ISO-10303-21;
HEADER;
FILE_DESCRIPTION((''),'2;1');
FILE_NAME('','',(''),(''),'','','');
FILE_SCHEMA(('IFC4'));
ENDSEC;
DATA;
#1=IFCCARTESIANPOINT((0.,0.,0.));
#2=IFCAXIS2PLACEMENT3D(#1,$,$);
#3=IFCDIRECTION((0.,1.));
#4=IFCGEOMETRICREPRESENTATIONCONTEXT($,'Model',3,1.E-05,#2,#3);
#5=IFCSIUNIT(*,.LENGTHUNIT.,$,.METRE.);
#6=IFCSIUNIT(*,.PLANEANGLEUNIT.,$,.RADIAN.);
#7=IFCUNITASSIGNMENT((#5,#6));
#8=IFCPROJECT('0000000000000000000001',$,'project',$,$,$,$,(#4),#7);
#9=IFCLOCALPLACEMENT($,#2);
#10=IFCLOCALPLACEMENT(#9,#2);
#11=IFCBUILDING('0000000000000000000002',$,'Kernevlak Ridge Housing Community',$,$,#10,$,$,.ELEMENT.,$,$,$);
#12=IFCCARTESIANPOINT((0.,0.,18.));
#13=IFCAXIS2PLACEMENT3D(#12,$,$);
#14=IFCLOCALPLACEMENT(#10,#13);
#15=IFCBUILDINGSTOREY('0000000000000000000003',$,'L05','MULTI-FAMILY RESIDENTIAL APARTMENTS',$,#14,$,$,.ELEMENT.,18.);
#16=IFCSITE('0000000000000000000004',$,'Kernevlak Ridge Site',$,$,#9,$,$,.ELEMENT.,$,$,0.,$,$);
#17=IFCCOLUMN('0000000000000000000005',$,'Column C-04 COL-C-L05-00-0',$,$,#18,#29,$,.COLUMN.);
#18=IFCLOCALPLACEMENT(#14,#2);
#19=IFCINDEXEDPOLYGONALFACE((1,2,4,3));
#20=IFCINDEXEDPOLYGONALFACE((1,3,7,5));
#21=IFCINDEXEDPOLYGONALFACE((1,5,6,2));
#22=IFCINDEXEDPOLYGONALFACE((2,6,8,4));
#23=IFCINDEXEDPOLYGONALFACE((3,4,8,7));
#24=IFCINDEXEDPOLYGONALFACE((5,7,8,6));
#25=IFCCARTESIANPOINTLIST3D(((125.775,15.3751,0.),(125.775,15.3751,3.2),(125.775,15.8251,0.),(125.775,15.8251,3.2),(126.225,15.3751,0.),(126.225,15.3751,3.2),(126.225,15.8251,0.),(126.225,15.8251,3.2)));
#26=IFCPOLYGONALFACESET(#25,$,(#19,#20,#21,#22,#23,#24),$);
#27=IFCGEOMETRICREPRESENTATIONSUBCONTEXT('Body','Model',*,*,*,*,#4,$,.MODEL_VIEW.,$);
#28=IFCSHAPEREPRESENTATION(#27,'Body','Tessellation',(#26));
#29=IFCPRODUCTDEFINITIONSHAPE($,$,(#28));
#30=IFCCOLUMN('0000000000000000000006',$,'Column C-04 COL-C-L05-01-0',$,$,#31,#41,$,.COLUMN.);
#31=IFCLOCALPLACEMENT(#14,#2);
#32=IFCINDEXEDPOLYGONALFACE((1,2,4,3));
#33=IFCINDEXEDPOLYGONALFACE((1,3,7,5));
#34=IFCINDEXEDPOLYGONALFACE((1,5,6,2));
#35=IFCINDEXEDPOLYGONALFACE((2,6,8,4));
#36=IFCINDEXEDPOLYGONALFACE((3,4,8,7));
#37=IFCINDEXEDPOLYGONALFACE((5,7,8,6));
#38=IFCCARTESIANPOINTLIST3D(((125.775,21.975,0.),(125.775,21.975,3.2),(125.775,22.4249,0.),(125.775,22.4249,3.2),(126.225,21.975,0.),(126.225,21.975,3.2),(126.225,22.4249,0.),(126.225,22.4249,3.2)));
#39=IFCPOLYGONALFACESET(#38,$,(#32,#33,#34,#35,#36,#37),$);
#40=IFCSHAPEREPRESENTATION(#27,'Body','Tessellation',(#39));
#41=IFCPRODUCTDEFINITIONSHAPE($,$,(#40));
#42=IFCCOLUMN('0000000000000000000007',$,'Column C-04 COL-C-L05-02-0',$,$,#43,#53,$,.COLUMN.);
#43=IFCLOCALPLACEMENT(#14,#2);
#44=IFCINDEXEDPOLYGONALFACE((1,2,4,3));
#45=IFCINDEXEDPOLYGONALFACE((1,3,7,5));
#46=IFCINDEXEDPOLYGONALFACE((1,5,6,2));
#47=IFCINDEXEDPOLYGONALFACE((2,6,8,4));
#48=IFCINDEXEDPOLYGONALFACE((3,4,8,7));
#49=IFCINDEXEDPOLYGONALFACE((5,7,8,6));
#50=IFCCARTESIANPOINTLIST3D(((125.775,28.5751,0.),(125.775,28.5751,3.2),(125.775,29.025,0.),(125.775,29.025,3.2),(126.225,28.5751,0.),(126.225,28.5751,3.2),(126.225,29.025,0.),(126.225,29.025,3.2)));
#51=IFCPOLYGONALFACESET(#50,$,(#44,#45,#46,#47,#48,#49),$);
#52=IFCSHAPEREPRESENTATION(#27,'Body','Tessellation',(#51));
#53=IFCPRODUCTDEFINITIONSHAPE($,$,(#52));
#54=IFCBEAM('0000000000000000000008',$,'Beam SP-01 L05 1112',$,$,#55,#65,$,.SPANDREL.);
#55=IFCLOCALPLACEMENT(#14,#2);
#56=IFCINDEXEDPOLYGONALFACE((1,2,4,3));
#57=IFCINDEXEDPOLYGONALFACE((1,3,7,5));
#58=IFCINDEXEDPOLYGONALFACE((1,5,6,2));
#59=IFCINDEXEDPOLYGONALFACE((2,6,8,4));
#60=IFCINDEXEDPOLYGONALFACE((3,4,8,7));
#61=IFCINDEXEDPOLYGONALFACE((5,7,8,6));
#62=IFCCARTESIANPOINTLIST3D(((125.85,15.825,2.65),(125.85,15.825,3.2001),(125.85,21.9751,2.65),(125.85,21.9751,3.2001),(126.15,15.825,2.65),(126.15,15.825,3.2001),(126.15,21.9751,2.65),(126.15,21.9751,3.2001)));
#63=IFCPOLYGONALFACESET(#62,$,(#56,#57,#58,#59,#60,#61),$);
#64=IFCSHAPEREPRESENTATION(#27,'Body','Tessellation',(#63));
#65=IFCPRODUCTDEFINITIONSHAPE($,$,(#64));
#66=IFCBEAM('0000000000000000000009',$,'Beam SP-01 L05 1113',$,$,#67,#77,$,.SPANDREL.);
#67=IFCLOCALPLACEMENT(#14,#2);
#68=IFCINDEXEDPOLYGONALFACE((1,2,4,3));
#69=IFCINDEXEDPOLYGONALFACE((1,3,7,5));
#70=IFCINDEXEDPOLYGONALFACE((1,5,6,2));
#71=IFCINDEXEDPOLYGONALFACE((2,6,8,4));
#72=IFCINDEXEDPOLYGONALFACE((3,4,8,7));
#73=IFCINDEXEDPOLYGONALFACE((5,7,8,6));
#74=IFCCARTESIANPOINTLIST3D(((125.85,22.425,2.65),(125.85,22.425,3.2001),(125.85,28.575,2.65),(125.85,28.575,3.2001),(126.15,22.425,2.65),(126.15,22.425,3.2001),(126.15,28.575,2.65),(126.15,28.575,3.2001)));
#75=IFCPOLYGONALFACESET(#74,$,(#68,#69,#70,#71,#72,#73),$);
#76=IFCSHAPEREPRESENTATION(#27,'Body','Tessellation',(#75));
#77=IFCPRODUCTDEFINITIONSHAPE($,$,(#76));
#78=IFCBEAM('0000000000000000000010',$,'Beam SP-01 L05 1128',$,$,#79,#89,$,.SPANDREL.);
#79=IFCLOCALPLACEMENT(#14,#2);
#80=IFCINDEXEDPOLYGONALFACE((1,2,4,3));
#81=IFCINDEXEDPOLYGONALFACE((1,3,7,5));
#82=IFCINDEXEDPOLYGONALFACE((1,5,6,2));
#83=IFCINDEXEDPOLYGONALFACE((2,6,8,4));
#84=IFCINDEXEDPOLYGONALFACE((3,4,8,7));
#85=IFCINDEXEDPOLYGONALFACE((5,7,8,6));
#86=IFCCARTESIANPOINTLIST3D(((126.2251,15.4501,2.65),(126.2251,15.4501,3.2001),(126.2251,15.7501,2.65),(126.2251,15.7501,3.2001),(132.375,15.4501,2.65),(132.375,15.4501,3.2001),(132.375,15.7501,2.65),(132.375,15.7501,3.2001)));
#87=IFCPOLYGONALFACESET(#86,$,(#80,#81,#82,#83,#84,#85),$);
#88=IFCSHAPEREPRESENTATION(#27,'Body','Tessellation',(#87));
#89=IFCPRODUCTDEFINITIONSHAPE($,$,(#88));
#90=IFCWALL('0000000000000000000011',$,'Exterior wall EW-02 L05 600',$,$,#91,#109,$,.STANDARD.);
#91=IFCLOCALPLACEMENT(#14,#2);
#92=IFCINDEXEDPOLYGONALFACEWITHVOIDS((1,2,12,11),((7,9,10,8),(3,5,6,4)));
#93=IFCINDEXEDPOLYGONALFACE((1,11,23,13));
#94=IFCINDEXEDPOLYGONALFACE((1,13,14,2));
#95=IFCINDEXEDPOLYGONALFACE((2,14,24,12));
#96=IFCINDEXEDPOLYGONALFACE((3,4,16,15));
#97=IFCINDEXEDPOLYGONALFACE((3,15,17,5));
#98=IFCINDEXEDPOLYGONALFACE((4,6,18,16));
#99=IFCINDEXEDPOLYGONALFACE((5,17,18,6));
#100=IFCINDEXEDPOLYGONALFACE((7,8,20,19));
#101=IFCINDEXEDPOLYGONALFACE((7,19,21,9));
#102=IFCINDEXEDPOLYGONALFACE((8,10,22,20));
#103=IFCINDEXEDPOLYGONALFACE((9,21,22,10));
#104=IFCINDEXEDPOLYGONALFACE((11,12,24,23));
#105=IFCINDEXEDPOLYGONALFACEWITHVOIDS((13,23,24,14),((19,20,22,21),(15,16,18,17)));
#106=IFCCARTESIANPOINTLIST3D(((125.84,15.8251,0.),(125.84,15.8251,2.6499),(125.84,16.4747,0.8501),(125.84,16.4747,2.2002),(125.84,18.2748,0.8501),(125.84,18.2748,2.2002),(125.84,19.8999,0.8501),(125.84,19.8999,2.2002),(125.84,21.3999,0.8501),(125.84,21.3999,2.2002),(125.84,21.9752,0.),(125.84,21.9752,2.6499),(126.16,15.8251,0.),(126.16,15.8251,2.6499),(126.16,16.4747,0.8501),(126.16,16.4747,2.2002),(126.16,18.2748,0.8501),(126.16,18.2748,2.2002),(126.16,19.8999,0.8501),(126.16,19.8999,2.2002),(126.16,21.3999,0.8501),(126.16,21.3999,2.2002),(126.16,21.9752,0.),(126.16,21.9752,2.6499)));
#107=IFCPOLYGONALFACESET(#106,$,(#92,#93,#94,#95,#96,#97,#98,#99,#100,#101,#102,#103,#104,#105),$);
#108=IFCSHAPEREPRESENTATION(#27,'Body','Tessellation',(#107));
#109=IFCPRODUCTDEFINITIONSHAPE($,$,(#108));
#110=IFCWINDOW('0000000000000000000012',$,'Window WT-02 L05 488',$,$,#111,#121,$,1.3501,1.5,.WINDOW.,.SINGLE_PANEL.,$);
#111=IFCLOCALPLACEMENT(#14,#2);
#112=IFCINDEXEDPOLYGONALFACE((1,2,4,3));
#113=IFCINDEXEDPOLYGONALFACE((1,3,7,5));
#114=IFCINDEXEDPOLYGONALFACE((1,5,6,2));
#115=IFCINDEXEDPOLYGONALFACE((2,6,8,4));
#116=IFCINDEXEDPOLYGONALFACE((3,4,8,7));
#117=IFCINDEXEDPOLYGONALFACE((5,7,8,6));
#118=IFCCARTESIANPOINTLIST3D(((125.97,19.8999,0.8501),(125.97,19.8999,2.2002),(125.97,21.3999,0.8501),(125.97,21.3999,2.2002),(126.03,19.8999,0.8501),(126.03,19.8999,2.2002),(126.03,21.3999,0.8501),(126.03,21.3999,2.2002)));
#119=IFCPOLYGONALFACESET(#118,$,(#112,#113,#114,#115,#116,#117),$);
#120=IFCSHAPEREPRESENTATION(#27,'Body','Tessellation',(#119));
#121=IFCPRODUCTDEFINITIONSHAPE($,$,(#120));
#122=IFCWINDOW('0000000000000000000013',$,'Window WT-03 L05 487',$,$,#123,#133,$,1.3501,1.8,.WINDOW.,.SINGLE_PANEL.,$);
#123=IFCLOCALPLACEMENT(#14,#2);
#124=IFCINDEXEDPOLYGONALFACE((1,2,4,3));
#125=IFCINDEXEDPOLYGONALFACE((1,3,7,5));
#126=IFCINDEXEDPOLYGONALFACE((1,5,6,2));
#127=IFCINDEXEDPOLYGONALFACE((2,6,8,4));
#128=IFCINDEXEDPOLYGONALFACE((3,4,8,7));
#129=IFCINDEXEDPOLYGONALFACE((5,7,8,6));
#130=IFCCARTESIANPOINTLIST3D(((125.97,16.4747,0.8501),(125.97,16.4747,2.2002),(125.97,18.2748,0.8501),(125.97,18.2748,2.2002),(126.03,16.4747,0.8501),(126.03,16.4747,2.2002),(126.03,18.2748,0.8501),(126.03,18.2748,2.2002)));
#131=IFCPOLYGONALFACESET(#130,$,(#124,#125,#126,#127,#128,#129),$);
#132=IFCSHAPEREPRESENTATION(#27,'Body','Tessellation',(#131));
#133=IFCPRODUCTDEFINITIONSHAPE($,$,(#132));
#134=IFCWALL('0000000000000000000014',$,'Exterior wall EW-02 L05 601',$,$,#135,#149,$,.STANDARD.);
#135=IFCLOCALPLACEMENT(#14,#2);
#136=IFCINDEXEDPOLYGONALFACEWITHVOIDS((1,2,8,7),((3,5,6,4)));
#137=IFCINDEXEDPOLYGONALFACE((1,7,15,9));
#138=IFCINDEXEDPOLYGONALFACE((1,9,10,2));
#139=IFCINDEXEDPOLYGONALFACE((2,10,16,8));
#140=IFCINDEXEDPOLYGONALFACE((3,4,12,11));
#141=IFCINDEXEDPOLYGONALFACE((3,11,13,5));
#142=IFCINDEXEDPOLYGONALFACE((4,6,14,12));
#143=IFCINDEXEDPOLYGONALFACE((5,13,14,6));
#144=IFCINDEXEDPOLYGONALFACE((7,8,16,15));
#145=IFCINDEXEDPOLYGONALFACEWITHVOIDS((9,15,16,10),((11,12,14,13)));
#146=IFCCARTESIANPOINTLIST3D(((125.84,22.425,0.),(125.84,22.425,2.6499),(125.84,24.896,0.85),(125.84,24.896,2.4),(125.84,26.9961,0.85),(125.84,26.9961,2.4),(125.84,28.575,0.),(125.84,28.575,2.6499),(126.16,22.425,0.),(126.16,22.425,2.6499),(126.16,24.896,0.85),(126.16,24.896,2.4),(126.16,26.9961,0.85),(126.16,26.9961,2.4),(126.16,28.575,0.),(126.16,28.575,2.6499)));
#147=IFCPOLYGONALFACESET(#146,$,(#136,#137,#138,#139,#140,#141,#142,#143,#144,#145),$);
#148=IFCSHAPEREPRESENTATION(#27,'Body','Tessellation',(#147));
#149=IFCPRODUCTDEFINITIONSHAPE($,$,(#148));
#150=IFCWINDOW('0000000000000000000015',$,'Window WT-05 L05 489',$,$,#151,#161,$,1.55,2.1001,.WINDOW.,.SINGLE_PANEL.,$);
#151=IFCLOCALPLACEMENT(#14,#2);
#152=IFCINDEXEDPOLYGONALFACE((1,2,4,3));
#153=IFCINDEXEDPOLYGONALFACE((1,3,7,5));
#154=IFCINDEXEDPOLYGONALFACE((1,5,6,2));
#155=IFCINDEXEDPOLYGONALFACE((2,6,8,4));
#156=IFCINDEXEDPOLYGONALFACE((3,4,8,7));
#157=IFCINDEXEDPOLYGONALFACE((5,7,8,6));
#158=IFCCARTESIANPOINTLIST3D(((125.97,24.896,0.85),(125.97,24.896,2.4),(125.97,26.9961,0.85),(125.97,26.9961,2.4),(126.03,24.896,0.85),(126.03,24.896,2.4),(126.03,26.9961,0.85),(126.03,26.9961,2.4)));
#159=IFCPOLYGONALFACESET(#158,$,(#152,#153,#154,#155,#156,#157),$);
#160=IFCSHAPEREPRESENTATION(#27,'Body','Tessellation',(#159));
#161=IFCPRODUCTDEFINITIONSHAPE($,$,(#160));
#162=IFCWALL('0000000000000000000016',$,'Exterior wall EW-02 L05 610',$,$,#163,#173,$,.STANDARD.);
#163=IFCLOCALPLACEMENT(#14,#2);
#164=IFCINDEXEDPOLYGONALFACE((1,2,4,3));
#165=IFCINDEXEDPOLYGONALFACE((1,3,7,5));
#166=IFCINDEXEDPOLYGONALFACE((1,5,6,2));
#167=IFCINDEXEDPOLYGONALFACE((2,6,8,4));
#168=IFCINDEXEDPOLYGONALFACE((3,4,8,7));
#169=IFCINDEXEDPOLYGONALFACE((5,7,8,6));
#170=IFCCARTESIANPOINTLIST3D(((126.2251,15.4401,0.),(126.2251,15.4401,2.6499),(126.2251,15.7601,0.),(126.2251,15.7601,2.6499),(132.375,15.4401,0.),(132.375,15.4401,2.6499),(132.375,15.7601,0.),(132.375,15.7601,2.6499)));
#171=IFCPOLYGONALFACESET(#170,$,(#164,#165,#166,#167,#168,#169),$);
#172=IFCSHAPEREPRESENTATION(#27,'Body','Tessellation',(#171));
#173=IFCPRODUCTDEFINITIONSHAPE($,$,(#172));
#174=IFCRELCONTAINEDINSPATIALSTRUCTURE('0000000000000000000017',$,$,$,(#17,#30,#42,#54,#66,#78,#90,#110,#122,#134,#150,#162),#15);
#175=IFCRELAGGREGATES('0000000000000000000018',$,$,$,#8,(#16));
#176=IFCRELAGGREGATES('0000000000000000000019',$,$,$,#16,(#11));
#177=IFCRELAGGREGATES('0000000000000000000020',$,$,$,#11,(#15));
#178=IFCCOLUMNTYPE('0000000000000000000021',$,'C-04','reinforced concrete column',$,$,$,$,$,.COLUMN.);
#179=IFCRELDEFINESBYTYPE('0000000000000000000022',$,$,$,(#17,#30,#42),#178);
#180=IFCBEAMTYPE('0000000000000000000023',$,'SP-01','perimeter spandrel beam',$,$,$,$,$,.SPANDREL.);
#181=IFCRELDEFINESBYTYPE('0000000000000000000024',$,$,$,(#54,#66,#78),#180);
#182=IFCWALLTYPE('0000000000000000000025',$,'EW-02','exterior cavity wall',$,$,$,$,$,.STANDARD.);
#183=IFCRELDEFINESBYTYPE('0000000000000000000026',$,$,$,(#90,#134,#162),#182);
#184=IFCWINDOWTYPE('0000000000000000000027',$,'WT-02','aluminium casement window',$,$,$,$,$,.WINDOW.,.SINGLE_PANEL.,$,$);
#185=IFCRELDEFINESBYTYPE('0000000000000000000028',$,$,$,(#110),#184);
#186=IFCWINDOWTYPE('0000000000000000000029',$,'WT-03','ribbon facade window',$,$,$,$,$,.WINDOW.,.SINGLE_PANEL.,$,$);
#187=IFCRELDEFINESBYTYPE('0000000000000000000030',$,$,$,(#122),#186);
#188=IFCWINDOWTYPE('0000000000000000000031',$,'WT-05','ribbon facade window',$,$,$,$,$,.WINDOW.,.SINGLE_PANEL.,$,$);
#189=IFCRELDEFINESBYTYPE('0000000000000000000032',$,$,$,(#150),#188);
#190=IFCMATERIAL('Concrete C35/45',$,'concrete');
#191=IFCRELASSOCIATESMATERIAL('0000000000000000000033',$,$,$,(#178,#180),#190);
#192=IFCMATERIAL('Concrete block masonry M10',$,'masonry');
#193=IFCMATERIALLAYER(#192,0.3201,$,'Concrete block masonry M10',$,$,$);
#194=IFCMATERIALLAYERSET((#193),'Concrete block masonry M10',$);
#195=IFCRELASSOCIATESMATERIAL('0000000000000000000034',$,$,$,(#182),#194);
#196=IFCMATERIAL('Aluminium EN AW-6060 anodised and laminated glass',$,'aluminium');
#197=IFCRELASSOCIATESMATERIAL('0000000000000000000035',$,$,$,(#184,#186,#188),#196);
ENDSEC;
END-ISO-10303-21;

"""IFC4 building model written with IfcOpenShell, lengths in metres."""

from ifc_helpers import new_model, si_unit, direction, frame, frame_2d, origin, origin_2d, place, context, subcontext, project, spatial, rectangle, extrude, material, layer, layer_set, material_profile, profile_set, type_object, element, fill, save


model = new_model("IFC4")

# Units and contexts
model_context = context("Model", 3, precision=1e-05, world=origin(), true_north=direction((0.0, 1.0)))
body_context = subcontext(model_context, "Body", "Model", "MODEL_VIEW")
ifc_project = project(units=[si_unit("LENGTHUNIT", "METRE"), si_unit("PLANEANGLEUNIT", "RADIAN")], contexts=[model_context])

# Site, building, storey
site_placement = place(None, origin())
site = spatial("IfcSite", under=ifc_project, at=site_placement, Name="Kernevlak Ridge Site", CompositionType="ELEMENT", RefElevation=0.0)
building_placement = place(site_placement, origin())
building = spatial("IfcBuilding", under=site, at=building_placement, Name="Kernevlak Ridge Housing Community", CompositionType="ELEMENT")
storey_placement = place(building_placement, frame((0.0, 0.0, 18.0)))
storey = spatial("IfcBuildingStorey", under=building, at=storey_placement, Name="L05", Description="MULTI-FAMILY RESIDENTIAL APARTMENTS", CompositionType="ELEMENT", Elevation=18.0)

# Columns
ifc_material_1 = material(Name="Concrete C35/45", Category="concrete")
ifc_material_profile_1 = material_profile(ifc_material_1, rectangle(XDim=0.45, YDim=0.45, at=origin_2d()), Name="RC 450x450")
ifc_profile_set_1 = profile_set([ifc_material_profile_1], Name="Concrete C35/45")
column_type = type_object("IfcColumnType", Name="C-04", Description="reinforced concrete column", PredefinedType="COLUMN", material=ifc_profile_set_1)
for number, where, z_axis, x_axis, name in (
    (1, (126.0, 15.6001, 0.0), (0.0, 0.0, 1.0), (1.0, 0.0, 0.0), "Column C-04 COL-C-L05-00-0"),
    (2, (126.0, 22.2, 0.0), (0.0, 0.0, 1.0), (1.0, 0.0, 0.0), "Column C-04 COL-C-L05-01-0"),
    (3, (126.0, 28.8, 0.0), (0.0, 0.0, 1.0), (1.0, 0.0, 0.0), "Column C-04 COL-C-L05-02-0"),
):
    element("IfcColumn", number, at=place(storey_placement, frame(where, z_axis=z_axis, x_axis=x_axis)), inside=storey, type_object=column_type, Name=name, PredefinedType="COLUMN", context=body_context, shape_type="SweptSolid", body=[
        extrude(rectangle(XDim=0.45, YDim=0.45, at=origin_2d()), origin(), (0.0, 0.0, 1.0), 3.2),
    ])

# Beams
ifc_material_profile_2 = material_profile(ifc_material_1, rectangle(XDim=0.3, YDim=0.55, at=origin_2d()), Name="RC 300x550")
ifc_profile_set_2 = profile_set([ifc_material_profile_2], Name="Concrete C35/45")
beam_type = type_object("IfcBeamType", Name="SP-01", Description="perimeter spandrel beam", PredefinedType="SPANDREL", material=ifc_profile_set_2)
beam_placement = place(storey_placement, frame((126.0, 15.825, 2.925), z_axis=(0.0, 1.0, 0.0), x_axis=(-1.0, 0.0, 0.0)))
element("IfcBeam", 4, at=beam_placement, inside=storey, type_object=beam_type, Name="Beam SP-01 L05 1112", PredefinedType="SPANDREL", context=body_context, shape_type="SweptSolid", body=[
    extrude(rectangle(XDim=0.3, YDim=0.55, at=origin_2d()), origin(), (0.0, 0.0, 1.0), 6.1501),
])
for number, where, z_axis, x_axis, name in (
    (5, (126.0, 22.425, 2.925), (0.0, 1.0, 0.0), (-1.0, 0.0, 0.0), "Beam SP-01 L05 1113"),
    (6, (126.2251, 15.6001, 2.925), (1.0, 0.0, 0.0), (0.0, 1.0, 0.0), "Beam SP-01 L05 1128"),
):
    element("IfcBeam", number, at=place(storey_placement, frame(where, z_axis=z_axis, x_axis=x_axis)), inside=storey, type_object=beam_type, Name=name, PredefinedType="SPANDREL", context=body_context, shape_type="SweptSolid", body=[
        extrude(rectangle(XDim=0.3, YDim=0.55, at=origin_2d()), origin(), (0.0, 0.0, 1.0), 6.1499),
    ])

# Wall, openings, windows
ifc_material_2 = material(Name="Concrete block masonry M10", Category="masonry")
ifc_layer_1 = layer(ifc_material_2, 0.3201, Name="Concrete block masonry M10")
ifc_layer_set_1 = layer_set([ifc_layer_1], Name="Concrete block masonry M10")
wall_type_1 = type_object("IfcWallType", Name="EW-02", Description="exterior cavity wall", PredefinedType="STANDARD", material=ifc_layer_set_1)
wall_1_placement = place(storey_placement, frame((126.0, 15.825, 0.0), z_axis=(0.0, 0.0, 1.0), x_axis=(0.0, 1.0, 0.0)))
wall_1 = element("IfcWall", 7, at=wall_1_placement, inside=storey, type_object=wall_type_1, Name="Exterior wall EW-02 L05 600", PredefinedType="STANDARD", context=body_context, shape_type="SweptSolid", body=[
    extrude(rectangle(XDim=6.1501, YDim=0.3201, at=frame_2d((3.0752, 0.0))), origin(), (0.0, 0.0, 1.0), 2.6499),
])
opening_1_placement = place(wall_1_placement, frame((0.6499, 0.0, 0.8501)))
opening_1 = element("IfcOpeningElement", 8, at=opening_1_placement, cuts=wall_1, PredefinedType="OPENING", context=body_context, shape_type="SweptSolid", body=[
    extrude(rectangle(XDim=1.8, YDim=1.3501, at=frame_2d((0.8999, 0.675))), frame((0.0, 0.1699, 0.0), z_axis=(0.0, -1.0, 0.0), x_axis=(1.0, 0.0, 0.0)), (0.0, 0.0, 1.0), 0.3401),
])
opening_2_placement = place(wall_1_placement, frame((4.075, 0.0, 0.8501)))
opening_2 = element("IfcOpeningElement", 9, at=opening_2_placement, cuts=wall_1, PredefinedType="OPENING", context=body_context, shape_type="SweptSolid", body=[
    extrude(rectangle(XDim=1.5, YDim=1.3501, at=frame_2d((0.75, 0.675))), frame((0.0, 0.1699, 0.0), z_axis=(0.0, -1.0, 0.0), x_axis=(1.0, 0.0, 0.0)), (0.0, 0.0, 1.0), 0.3401),
])
ifc_material_3 = material(Name="Aluminium EN AW-6060 anodised and laminated glass", Category="aluminium")
window_type_1 = type_object("IfcWindowType", Name="WT-02", Description="aluminium casement window", PartitioningType="SINGLE_PANEL", PredefinedType="WINDOW", material=ifc_material_3)
window_1_placement = place(opening_2_placement, origin())
window_1 = element("IfcWindow", 10, at=window_1_placement, inside=storey, type_object=window_type_1, Name="Window WT-02 L05 488", OverallHeight=1.3501, OverallWidth=1.5, PartitioningType="SINGLE_PANEL", PredefinedType="WINDOW", context=body_context, shape_type="SweptSolid", body=[
    extrude(rectangle(XDim=1.5, YDim=1.3501, at=frame_2d((0.75, 0.675))), frame((0.0, 0.03, 0.0), z_axis=(0.0, -1.0, 0.0), x_axis=(1.0, 0.0, 0.0)), (0.0, 0.0, 1.0), 0.0601),
])
fill(opening_2, window_1)
window_type_2 = type_object("IfcWindowType", Name="WT-03", Description="ribbon facade window", PartitioningType="SINGLE_PANEL", PredefinedType="WINDOW", material=ifc_material_3)
window_2_placement = place(opening_1_placement, origin())
window_2 = element("IfcWindow", 11, at=window_2_placement, inside=storey, type_object=window_type_2, Name="Window WT-03 L05 487", OverallHeight=1.3501, OverallWidth=1.8, PartitioningType="SINGLE_PANEL", PredefinedType="WINDOW", context=body_context, shape_type="SweptSolid", body=[
    extrude(rectangle(XDim=1.8, YDim=1.3501, at=frame_2d((0.8999, 0.675))), frame((0.0, 0.03, 0.0), z_axis=(0.0, -1.0, 0.0), x_axis=(1.0, 0.0, 0.0)), (0.0, 0.0, 1.0), 0.0601),
])
fill(opening_1, window_2)

# Wall, opening, window
wall_2_placement = place(storey_placement, frame((126.0, 22.425, 0.0), z_axis=(0.0, 0.0, 1.0), x_axis=(0.0, 1.0, 0.0)))
wall_2 = element("IfcWall", 12, at=wall_2_placement, inside=storey, type_object=wall_type_1, Name="Exterior wall EW-02 L05 601", PredefinedType="STANDARD", context=body_context, shape_type="SweptSolid", body=[
    extrude(rectangle(XDim=6.1499, YDim=0.3201, at=frame_2d((3.075, 0.0))), origin(), (0.0, 0.0, 1.0), 2.6499),
])
opening_3_placement = place(wall_2_placement, frame((2.4709, 0.0, 0.8501)))
opening_3 = element("IfcOpeningElement", 13, at=opening_3_placement, cuts=wall_2, PredefinedType="OPENING", context=body_context, shape_type="SweptSolid", body=[
    extrude(rectangle(XDim=2.1001, YDim=1.55, at=frame_2d((1.05, 0.7749))), frame((0.0, 0.1699, 0.0), z_axis=(0.0, -1.0, 0.0), x_axis=(1.0, 0.0, 0.0)), (0.0, 0.0, 1.0), 0.3401),
])
window_type_3 = type_object("IfcWindowType", Name="WT-05", Description="ribbon facade window", PartitioningType="SINGLE_PANEL", PredefinedType="WINDOW", material=ifc_material_3)
window_3_placement = place(opening_3_placement, origin())
window_3 = element("IfcWindow", 14, at=window_3_placement, inside=storey, type_object=window_type_3, Name="Window WT-05 L05 489", OverallHeight=1.55, OverallWidth=2.1001, PartitioningType="SINGLE_PANEL", PredefinedType="WINDOW", context=body_context, shape_type="SweptSolid", body=[
    extrude(rectangle(XDim=2.1001, YDim=1.55, at=frame_2d((1.05, 0.7749))), frame((0.0, 0.03, 0.0), z_axis=(0.0, -1.0, 0.0), x_axis=(1.0, 0.0, 0.0)), (0.0, 0.0, 1.0), 0.0601),
])
fill(opening_3, window_3)

# Wall
wall_3_placement = place(storey_placement, frame((126.2251, 15.6001, 0.0), z_axis=(0.0, 0.0, 1.0), x_axis=(1.0, 0.0, 0.0)))
element("IfcWall", 15, at=wall_3_placement, inside=storey, type_object=wall_type_1, Name="Exterior wall EW-02 L05 610", PredefinedType="STANDARD", context=body_context, shape_type="SweptSolid", body=[
    extrude(rectangle(XDim=6.1499, YDim=0.3201, at=frame_2d((3.075, 0.0))), origin(), (0.0, 0.0, 1.0), 2.6499),
])

save(model, "model.ifc")
